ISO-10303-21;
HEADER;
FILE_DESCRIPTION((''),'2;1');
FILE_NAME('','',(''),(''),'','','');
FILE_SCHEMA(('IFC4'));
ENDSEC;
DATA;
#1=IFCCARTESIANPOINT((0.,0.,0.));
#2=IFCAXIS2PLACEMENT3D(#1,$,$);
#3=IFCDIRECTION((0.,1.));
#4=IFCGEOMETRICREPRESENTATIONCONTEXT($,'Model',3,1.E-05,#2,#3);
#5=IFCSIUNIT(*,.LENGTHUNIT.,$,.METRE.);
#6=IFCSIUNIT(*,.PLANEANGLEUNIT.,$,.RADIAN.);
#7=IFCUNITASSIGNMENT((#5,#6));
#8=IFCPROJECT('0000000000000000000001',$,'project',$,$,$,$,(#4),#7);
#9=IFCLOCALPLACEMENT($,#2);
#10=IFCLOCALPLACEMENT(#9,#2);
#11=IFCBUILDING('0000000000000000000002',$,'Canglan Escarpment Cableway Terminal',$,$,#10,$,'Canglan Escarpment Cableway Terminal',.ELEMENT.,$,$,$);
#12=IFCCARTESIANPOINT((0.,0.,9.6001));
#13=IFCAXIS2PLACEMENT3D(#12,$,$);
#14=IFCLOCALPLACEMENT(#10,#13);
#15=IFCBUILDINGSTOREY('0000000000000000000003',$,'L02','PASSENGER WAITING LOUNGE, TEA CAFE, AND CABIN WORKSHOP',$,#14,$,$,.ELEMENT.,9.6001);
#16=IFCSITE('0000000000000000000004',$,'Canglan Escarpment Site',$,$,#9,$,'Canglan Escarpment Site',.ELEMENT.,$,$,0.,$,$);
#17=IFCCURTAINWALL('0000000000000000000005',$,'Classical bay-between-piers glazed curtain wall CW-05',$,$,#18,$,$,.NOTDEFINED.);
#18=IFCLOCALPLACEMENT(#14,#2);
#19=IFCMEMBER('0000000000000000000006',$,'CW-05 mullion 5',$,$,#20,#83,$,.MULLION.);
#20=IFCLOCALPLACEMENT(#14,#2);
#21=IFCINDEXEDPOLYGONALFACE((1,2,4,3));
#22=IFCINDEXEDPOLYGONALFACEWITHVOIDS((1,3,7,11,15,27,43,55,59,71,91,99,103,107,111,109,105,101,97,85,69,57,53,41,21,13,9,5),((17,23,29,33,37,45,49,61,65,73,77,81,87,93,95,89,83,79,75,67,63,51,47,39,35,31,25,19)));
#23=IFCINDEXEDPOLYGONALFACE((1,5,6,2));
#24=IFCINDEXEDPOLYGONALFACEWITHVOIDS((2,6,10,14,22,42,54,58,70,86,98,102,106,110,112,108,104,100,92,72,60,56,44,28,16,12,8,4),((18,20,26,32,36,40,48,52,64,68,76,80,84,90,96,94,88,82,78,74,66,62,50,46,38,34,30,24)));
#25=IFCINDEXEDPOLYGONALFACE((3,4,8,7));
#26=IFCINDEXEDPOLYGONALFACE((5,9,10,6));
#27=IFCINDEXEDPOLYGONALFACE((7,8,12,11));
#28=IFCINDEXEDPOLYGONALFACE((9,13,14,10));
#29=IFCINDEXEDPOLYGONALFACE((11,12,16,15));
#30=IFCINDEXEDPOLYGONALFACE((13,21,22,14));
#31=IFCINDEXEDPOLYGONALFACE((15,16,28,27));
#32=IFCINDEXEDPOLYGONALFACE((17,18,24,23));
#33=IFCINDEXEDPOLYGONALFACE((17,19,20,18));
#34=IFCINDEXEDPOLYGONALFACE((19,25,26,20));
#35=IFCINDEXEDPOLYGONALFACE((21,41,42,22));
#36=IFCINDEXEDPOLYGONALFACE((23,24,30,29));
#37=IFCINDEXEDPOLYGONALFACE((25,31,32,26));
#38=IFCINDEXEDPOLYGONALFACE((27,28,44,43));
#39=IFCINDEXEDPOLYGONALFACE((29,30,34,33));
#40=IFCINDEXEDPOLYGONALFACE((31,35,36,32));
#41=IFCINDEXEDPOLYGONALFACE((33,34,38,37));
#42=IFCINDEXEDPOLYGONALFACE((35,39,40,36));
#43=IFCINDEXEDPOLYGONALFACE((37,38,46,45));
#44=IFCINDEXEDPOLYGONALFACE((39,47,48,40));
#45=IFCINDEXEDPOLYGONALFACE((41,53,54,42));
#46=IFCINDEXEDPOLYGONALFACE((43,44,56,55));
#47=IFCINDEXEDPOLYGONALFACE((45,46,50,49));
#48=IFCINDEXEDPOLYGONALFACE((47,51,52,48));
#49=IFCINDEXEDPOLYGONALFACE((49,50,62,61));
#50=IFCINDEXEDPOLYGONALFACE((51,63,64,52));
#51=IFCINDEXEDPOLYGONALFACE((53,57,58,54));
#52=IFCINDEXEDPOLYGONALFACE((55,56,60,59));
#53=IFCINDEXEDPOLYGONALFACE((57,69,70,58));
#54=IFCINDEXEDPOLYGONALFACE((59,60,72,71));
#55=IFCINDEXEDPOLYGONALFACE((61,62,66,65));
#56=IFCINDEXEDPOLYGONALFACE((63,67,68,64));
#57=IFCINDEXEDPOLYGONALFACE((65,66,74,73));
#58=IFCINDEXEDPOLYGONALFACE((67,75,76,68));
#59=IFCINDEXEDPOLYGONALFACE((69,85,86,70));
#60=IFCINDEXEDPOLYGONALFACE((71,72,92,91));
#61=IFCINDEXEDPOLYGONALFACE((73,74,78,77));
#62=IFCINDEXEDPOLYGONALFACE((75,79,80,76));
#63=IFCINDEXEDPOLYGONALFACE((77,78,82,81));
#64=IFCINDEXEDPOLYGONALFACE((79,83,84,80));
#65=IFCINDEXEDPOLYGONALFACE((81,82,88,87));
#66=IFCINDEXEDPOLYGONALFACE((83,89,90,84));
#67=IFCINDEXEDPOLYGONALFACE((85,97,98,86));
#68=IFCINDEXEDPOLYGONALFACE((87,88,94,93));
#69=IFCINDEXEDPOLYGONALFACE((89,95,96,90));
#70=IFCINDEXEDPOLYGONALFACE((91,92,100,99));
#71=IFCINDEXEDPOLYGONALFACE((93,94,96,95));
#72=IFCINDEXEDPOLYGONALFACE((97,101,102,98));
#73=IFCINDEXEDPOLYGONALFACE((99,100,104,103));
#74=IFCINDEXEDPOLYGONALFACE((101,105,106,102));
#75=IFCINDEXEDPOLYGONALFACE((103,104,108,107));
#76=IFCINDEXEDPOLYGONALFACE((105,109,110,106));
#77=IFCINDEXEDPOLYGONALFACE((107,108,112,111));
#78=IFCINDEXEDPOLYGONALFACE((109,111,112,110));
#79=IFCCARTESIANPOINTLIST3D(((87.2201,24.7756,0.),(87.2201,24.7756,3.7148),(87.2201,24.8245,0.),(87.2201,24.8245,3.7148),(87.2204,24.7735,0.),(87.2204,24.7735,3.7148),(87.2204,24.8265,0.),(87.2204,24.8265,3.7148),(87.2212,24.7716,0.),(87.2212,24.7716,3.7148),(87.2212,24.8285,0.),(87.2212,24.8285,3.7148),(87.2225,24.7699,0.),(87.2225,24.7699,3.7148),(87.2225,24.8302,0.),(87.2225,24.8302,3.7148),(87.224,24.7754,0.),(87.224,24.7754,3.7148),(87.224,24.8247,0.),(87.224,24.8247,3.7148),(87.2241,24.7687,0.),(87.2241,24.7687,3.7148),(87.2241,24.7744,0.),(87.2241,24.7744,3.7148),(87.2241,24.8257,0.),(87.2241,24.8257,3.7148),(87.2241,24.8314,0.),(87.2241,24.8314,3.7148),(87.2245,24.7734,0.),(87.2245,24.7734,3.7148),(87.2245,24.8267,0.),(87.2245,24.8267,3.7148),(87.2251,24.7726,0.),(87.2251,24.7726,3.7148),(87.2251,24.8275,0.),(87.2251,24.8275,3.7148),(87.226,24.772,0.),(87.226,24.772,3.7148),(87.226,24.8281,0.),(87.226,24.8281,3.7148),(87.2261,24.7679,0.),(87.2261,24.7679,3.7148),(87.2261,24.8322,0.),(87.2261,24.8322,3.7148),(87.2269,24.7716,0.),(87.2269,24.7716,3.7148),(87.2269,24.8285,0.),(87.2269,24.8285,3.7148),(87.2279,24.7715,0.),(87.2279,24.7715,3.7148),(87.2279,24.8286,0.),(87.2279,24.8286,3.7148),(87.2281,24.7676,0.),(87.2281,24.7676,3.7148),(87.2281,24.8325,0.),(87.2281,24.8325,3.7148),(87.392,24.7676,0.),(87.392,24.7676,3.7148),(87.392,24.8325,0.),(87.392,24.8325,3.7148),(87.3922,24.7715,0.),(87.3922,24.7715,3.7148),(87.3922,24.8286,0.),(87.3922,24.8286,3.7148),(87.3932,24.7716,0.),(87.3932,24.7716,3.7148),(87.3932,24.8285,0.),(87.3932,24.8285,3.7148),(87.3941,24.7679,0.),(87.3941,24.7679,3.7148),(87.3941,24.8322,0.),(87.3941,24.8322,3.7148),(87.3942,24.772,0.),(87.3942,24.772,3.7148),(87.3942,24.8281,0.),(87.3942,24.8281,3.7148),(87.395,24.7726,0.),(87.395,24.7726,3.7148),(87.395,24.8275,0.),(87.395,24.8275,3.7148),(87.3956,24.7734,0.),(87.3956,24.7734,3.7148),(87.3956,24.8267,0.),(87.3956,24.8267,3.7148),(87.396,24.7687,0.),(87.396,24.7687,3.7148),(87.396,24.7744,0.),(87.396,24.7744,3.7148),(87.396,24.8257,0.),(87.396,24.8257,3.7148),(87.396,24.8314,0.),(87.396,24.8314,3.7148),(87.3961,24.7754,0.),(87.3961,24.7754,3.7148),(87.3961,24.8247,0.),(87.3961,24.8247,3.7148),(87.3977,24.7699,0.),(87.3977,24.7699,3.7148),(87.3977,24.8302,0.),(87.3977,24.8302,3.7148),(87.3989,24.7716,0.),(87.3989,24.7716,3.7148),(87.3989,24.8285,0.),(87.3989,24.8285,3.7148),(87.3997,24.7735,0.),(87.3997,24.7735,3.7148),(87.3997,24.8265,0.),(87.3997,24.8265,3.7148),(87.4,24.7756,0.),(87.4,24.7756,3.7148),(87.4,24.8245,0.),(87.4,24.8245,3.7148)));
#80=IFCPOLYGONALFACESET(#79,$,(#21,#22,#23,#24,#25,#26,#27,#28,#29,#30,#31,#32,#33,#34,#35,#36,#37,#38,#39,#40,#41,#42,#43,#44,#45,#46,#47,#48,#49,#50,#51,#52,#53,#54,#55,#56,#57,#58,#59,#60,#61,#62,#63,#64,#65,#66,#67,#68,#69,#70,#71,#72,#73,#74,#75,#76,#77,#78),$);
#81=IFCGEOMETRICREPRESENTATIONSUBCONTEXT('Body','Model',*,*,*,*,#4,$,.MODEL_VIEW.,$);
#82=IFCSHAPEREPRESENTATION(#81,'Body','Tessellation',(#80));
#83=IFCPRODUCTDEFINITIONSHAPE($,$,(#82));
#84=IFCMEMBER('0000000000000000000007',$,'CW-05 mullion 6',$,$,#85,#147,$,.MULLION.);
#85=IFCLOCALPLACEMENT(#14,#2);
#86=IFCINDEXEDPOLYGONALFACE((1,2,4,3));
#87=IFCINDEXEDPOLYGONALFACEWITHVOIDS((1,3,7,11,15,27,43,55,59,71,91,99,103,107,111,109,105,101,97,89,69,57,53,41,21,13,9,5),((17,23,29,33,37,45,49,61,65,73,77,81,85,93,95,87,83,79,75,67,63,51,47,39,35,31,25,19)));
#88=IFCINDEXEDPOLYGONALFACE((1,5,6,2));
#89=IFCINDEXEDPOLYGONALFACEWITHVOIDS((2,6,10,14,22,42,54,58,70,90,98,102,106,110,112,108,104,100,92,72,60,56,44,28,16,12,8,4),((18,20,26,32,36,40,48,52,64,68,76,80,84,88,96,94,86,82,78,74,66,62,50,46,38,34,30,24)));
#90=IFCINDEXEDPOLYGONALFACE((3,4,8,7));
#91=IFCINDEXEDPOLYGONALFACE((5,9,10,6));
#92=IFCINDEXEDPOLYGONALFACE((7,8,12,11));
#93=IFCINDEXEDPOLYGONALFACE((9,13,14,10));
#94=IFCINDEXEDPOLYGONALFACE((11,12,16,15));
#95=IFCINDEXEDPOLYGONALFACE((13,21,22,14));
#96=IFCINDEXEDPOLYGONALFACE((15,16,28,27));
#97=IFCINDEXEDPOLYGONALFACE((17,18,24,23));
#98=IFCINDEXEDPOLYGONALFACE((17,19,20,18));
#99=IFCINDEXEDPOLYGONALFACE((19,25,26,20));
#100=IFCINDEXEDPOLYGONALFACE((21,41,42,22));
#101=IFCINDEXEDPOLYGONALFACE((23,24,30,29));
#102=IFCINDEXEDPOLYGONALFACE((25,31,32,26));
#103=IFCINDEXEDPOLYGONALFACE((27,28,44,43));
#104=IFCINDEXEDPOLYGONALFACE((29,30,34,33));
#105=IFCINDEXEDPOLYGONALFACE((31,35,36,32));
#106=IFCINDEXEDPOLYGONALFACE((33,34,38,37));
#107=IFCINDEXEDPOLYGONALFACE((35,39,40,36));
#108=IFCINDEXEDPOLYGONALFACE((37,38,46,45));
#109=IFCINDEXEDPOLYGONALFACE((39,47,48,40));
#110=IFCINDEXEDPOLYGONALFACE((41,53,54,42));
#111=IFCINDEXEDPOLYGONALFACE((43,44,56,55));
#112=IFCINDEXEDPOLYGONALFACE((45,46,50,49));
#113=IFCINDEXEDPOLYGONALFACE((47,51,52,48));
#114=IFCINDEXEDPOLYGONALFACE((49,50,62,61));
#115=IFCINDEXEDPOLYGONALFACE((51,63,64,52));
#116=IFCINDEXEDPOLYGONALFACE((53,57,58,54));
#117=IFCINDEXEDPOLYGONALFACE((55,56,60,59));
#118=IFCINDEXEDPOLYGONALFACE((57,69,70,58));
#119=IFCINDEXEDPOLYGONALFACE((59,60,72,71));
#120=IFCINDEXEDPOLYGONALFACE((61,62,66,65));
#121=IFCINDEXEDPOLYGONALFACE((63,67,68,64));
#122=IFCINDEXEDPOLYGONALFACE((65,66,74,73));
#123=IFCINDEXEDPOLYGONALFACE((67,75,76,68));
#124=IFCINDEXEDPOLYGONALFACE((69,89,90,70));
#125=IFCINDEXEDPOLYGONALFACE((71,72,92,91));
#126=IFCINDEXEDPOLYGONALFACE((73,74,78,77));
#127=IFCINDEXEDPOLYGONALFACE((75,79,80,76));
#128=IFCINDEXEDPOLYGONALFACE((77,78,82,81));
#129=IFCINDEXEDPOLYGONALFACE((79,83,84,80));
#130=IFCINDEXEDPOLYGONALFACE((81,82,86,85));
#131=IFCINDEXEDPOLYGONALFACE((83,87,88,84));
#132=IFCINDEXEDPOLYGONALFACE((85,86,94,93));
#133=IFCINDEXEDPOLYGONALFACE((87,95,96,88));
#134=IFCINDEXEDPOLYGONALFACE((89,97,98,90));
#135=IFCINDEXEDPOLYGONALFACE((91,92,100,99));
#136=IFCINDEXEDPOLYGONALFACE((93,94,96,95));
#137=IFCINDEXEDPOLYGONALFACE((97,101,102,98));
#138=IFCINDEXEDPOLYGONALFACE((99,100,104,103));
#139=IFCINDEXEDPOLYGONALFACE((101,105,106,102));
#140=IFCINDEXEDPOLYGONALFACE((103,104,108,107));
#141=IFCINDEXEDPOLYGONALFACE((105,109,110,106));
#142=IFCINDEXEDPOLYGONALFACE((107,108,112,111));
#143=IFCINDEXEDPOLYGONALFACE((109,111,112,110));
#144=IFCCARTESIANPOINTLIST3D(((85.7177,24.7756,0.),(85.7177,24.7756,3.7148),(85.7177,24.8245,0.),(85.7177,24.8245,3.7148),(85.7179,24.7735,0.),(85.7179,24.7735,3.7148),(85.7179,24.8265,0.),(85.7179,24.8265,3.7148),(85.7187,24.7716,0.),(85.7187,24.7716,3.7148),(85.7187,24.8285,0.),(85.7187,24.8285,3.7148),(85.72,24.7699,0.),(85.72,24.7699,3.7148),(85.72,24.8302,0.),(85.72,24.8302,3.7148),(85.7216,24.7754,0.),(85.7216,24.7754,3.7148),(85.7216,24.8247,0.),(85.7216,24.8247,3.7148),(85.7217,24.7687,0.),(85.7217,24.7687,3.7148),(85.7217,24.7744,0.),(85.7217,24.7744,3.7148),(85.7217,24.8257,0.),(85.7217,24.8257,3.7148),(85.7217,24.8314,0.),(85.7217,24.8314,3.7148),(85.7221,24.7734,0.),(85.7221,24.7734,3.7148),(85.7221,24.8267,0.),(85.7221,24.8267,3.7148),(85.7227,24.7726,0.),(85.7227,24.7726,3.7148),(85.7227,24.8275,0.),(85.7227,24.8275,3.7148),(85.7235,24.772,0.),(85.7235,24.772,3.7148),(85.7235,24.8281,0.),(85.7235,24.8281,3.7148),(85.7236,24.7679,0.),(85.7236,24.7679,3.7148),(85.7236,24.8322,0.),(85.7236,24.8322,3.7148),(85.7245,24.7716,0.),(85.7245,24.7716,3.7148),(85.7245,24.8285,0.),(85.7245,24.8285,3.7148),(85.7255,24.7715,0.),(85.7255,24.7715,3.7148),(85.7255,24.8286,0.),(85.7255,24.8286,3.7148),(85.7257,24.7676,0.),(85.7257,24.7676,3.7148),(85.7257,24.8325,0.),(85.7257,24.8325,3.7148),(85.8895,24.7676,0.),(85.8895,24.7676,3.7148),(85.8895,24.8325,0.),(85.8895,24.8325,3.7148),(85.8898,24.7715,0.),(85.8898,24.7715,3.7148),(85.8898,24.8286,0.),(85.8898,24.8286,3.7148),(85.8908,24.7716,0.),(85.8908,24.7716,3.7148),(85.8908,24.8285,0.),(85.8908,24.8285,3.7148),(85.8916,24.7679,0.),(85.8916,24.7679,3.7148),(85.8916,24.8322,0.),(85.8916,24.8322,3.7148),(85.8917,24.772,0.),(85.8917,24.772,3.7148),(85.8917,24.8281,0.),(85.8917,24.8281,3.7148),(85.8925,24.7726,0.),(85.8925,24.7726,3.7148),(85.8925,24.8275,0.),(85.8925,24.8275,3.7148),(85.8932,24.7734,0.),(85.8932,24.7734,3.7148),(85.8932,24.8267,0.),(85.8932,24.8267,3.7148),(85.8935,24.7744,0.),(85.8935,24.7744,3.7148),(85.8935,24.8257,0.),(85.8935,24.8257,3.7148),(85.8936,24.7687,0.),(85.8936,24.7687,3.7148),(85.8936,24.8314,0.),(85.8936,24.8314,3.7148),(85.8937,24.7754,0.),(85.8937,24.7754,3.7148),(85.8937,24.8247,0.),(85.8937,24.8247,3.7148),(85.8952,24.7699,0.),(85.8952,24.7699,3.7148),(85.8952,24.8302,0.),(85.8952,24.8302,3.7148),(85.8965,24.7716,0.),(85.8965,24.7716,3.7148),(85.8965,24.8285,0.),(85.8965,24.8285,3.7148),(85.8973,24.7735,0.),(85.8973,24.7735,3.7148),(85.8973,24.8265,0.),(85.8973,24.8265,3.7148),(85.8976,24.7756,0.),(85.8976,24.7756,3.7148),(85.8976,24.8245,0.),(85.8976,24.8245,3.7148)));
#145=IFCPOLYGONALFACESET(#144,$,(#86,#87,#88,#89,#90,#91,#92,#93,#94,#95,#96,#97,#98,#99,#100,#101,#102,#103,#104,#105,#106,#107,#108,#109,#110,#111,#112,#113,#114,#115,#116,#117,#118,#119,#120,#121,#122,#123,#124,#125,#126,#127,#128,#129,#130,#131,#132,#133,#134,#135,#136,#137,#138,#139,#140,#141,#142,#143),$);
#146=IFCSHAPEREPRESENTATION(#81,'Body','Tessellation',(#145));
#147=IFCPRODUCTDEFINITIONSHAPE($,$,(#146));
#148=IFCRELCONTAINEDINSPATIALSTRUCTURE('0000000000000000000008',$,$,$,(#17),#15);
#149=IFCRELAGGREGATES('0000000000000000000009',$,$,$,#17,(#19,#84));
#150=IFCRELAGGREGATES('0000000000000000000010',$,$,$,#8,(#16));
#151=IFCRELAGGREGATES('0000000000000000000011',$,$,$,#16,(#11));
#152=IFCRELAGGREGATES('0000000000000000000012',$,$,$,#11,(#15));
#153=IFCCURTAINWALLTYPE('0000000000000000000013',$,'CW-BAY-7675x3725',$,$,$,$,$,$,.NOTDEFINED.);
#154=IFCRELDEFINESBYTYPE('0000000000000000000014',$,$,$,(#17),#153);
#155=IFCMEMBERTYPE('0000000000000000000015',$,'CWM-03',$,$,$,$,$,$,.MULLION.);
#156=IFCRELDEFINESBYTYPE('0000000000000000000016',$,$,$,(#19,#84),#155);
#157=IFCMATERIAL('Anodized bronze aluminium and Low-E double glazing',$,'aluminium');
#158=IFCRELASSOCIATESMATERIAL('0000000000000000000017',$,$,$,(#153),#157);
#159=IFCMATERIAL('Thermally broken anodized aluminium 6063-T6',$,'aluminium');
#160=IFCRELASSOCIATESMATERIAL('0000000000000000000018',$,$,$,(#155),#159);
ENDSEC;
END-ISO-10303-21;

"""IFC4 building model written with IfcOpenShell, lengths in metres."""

from ifc_helpers import new_model, si_unit, direction, frame, origin, origin_2d, place, context, subcontext, project, spatial, hollow_rectangle, extrude, material, material_profile, profile_set, type_object, element, aggregate, save


model = new_model("IFC4")

# Units and contexts
model_context = context("Model", 3, precision=1e-05, world=origin(), true_north=direction((0.0, 1.0)))
body_context = subcontext(model_context, "Body", "Model", "MODEL_VIEW")
ifc_project = project(units=[si_unit("LENGTHUNIT", "METRE"), si_unit("PLANEANGLEUNIT", "RADIAN")], contexts=[model_context])

# Site, building, storey
site_placement = place(None, origin())
site = spatial("IfcSite", under=ifc_project, at=site_placement, Name="Canglan Escarpment Site", LongName="Canglan Escarpment Site", CompositionType="ELEMENT", RefElevation=0.0)
building_placement = place(site_placement, origin())
building = spatial("IfcBuilding", under=site, at=building_placement, Name="Canglan Escarpment Cableway Terminal", LongName="Canglan Escarpment Cableway Terminal", CompositionType="ELEMENT")
storey_placement = place(building_placement, frame((0.0, 0.0, 9.6001)))
storey = spatial("IfcBuildingStorey", under=building, at=storey_placement, Name="L02", Description="PASSENGER WAITING LOUNGE, TEA CAFE, AND CABIN WORKSHOP", CompositionType="ELEMENT", Elevation=9.6001)

# Curtain wall, members
ifc_material_1 = material(Name="Anodized bronze aluminium and Low-E double glazing", Category="aluminium")
curtain_wall_type = type_object("IfcCurtainWallType", Name="CW-BAY-7675x3725", PredefinedType="NOTDEFINED", material=ifc_material_1)
ifc_material_2 = material(Name="Thermally broken anodized aluminium 6063-T6", Category="aluminium")
curtain_wall_1_placement = place(storey_placement, origin())
curtain_wall_1 = element("IfcCurtainWall", 1, at=curtain_wall_1_placement, inside=storey, type_object=curtain_wall_type, Name="Classical bay-between-piers glazed curtain wall CW-05", PredefinedType="NOTDEFINED")
ifc_material_profile_1 = material_profile(ifc_material_2, hollow_rectangle(XDim=0.0649, YDim=0.1799, WallThickness=0.0039, InnerFilletRadius=0.0039, OuterFilletRadius=0.0081, at=origin_2d()), Name="ALU-MULL 65x180x4")
ifc_profile_set_1 = profile_set([ifc_material_profile_1], Name="Thermally broken anodized aluminium 6063-T6")
member_type_1 = type_object("IfcMemberType", Name="CWM-03", PredefinedType="MULLION", material=ifc_profile_set_1)
member_1_placement = place(storey_placement, frame((87.3101, 24.8, 0.0), z_axis=(0.0, 0.0, 1.0), x_axis=(0.0, -1.0, 0.0)))
member_1 = element("IfcMember", 2, at=member_1_placement, type_object=member_type_1, Name="CW-05 mullion 5", PredefinedType="MULLION", context=body_context, shape_type="SweptSolid", body=[
    extrude(hollow_rectangle(XDim=0.0649, YDim=0.1799, WallThickness=0.0039, InnerFilletRadius=0.0039, OuterFilletRadius=0.0081, at=origin_2d()), origin(), (0.0, 0.0, 1.0), 3.7148),
])
member_2_placement = place(storey_placement, frame((85.8076, 24.8, 0.0), z_axis=(0.0, 0.0, 1.0), x_axis=(0.0, -1.0, 0.0)))
member_2 = element("IfcMember", 3, at=member_2_placement, type_object=member_type_1, Name="CW-05 mullion 6", PredefinedType="MULLION", context=body_context, shape_type="SweptSolid", body=[
    extrude(hollow_rectangle(XDim=0.0649, YDim=0.1799, WallThickness=0.0039, InnerFilletRadius=0.0039, OuterFilletRadius=0.0081, at=origin_2d()), origin(), (0.0, 0.0, 1.0), 3.7148),
])

aggregate(curtain_wall_1, [member_1, member_2])

save(model, "model.ifc")
